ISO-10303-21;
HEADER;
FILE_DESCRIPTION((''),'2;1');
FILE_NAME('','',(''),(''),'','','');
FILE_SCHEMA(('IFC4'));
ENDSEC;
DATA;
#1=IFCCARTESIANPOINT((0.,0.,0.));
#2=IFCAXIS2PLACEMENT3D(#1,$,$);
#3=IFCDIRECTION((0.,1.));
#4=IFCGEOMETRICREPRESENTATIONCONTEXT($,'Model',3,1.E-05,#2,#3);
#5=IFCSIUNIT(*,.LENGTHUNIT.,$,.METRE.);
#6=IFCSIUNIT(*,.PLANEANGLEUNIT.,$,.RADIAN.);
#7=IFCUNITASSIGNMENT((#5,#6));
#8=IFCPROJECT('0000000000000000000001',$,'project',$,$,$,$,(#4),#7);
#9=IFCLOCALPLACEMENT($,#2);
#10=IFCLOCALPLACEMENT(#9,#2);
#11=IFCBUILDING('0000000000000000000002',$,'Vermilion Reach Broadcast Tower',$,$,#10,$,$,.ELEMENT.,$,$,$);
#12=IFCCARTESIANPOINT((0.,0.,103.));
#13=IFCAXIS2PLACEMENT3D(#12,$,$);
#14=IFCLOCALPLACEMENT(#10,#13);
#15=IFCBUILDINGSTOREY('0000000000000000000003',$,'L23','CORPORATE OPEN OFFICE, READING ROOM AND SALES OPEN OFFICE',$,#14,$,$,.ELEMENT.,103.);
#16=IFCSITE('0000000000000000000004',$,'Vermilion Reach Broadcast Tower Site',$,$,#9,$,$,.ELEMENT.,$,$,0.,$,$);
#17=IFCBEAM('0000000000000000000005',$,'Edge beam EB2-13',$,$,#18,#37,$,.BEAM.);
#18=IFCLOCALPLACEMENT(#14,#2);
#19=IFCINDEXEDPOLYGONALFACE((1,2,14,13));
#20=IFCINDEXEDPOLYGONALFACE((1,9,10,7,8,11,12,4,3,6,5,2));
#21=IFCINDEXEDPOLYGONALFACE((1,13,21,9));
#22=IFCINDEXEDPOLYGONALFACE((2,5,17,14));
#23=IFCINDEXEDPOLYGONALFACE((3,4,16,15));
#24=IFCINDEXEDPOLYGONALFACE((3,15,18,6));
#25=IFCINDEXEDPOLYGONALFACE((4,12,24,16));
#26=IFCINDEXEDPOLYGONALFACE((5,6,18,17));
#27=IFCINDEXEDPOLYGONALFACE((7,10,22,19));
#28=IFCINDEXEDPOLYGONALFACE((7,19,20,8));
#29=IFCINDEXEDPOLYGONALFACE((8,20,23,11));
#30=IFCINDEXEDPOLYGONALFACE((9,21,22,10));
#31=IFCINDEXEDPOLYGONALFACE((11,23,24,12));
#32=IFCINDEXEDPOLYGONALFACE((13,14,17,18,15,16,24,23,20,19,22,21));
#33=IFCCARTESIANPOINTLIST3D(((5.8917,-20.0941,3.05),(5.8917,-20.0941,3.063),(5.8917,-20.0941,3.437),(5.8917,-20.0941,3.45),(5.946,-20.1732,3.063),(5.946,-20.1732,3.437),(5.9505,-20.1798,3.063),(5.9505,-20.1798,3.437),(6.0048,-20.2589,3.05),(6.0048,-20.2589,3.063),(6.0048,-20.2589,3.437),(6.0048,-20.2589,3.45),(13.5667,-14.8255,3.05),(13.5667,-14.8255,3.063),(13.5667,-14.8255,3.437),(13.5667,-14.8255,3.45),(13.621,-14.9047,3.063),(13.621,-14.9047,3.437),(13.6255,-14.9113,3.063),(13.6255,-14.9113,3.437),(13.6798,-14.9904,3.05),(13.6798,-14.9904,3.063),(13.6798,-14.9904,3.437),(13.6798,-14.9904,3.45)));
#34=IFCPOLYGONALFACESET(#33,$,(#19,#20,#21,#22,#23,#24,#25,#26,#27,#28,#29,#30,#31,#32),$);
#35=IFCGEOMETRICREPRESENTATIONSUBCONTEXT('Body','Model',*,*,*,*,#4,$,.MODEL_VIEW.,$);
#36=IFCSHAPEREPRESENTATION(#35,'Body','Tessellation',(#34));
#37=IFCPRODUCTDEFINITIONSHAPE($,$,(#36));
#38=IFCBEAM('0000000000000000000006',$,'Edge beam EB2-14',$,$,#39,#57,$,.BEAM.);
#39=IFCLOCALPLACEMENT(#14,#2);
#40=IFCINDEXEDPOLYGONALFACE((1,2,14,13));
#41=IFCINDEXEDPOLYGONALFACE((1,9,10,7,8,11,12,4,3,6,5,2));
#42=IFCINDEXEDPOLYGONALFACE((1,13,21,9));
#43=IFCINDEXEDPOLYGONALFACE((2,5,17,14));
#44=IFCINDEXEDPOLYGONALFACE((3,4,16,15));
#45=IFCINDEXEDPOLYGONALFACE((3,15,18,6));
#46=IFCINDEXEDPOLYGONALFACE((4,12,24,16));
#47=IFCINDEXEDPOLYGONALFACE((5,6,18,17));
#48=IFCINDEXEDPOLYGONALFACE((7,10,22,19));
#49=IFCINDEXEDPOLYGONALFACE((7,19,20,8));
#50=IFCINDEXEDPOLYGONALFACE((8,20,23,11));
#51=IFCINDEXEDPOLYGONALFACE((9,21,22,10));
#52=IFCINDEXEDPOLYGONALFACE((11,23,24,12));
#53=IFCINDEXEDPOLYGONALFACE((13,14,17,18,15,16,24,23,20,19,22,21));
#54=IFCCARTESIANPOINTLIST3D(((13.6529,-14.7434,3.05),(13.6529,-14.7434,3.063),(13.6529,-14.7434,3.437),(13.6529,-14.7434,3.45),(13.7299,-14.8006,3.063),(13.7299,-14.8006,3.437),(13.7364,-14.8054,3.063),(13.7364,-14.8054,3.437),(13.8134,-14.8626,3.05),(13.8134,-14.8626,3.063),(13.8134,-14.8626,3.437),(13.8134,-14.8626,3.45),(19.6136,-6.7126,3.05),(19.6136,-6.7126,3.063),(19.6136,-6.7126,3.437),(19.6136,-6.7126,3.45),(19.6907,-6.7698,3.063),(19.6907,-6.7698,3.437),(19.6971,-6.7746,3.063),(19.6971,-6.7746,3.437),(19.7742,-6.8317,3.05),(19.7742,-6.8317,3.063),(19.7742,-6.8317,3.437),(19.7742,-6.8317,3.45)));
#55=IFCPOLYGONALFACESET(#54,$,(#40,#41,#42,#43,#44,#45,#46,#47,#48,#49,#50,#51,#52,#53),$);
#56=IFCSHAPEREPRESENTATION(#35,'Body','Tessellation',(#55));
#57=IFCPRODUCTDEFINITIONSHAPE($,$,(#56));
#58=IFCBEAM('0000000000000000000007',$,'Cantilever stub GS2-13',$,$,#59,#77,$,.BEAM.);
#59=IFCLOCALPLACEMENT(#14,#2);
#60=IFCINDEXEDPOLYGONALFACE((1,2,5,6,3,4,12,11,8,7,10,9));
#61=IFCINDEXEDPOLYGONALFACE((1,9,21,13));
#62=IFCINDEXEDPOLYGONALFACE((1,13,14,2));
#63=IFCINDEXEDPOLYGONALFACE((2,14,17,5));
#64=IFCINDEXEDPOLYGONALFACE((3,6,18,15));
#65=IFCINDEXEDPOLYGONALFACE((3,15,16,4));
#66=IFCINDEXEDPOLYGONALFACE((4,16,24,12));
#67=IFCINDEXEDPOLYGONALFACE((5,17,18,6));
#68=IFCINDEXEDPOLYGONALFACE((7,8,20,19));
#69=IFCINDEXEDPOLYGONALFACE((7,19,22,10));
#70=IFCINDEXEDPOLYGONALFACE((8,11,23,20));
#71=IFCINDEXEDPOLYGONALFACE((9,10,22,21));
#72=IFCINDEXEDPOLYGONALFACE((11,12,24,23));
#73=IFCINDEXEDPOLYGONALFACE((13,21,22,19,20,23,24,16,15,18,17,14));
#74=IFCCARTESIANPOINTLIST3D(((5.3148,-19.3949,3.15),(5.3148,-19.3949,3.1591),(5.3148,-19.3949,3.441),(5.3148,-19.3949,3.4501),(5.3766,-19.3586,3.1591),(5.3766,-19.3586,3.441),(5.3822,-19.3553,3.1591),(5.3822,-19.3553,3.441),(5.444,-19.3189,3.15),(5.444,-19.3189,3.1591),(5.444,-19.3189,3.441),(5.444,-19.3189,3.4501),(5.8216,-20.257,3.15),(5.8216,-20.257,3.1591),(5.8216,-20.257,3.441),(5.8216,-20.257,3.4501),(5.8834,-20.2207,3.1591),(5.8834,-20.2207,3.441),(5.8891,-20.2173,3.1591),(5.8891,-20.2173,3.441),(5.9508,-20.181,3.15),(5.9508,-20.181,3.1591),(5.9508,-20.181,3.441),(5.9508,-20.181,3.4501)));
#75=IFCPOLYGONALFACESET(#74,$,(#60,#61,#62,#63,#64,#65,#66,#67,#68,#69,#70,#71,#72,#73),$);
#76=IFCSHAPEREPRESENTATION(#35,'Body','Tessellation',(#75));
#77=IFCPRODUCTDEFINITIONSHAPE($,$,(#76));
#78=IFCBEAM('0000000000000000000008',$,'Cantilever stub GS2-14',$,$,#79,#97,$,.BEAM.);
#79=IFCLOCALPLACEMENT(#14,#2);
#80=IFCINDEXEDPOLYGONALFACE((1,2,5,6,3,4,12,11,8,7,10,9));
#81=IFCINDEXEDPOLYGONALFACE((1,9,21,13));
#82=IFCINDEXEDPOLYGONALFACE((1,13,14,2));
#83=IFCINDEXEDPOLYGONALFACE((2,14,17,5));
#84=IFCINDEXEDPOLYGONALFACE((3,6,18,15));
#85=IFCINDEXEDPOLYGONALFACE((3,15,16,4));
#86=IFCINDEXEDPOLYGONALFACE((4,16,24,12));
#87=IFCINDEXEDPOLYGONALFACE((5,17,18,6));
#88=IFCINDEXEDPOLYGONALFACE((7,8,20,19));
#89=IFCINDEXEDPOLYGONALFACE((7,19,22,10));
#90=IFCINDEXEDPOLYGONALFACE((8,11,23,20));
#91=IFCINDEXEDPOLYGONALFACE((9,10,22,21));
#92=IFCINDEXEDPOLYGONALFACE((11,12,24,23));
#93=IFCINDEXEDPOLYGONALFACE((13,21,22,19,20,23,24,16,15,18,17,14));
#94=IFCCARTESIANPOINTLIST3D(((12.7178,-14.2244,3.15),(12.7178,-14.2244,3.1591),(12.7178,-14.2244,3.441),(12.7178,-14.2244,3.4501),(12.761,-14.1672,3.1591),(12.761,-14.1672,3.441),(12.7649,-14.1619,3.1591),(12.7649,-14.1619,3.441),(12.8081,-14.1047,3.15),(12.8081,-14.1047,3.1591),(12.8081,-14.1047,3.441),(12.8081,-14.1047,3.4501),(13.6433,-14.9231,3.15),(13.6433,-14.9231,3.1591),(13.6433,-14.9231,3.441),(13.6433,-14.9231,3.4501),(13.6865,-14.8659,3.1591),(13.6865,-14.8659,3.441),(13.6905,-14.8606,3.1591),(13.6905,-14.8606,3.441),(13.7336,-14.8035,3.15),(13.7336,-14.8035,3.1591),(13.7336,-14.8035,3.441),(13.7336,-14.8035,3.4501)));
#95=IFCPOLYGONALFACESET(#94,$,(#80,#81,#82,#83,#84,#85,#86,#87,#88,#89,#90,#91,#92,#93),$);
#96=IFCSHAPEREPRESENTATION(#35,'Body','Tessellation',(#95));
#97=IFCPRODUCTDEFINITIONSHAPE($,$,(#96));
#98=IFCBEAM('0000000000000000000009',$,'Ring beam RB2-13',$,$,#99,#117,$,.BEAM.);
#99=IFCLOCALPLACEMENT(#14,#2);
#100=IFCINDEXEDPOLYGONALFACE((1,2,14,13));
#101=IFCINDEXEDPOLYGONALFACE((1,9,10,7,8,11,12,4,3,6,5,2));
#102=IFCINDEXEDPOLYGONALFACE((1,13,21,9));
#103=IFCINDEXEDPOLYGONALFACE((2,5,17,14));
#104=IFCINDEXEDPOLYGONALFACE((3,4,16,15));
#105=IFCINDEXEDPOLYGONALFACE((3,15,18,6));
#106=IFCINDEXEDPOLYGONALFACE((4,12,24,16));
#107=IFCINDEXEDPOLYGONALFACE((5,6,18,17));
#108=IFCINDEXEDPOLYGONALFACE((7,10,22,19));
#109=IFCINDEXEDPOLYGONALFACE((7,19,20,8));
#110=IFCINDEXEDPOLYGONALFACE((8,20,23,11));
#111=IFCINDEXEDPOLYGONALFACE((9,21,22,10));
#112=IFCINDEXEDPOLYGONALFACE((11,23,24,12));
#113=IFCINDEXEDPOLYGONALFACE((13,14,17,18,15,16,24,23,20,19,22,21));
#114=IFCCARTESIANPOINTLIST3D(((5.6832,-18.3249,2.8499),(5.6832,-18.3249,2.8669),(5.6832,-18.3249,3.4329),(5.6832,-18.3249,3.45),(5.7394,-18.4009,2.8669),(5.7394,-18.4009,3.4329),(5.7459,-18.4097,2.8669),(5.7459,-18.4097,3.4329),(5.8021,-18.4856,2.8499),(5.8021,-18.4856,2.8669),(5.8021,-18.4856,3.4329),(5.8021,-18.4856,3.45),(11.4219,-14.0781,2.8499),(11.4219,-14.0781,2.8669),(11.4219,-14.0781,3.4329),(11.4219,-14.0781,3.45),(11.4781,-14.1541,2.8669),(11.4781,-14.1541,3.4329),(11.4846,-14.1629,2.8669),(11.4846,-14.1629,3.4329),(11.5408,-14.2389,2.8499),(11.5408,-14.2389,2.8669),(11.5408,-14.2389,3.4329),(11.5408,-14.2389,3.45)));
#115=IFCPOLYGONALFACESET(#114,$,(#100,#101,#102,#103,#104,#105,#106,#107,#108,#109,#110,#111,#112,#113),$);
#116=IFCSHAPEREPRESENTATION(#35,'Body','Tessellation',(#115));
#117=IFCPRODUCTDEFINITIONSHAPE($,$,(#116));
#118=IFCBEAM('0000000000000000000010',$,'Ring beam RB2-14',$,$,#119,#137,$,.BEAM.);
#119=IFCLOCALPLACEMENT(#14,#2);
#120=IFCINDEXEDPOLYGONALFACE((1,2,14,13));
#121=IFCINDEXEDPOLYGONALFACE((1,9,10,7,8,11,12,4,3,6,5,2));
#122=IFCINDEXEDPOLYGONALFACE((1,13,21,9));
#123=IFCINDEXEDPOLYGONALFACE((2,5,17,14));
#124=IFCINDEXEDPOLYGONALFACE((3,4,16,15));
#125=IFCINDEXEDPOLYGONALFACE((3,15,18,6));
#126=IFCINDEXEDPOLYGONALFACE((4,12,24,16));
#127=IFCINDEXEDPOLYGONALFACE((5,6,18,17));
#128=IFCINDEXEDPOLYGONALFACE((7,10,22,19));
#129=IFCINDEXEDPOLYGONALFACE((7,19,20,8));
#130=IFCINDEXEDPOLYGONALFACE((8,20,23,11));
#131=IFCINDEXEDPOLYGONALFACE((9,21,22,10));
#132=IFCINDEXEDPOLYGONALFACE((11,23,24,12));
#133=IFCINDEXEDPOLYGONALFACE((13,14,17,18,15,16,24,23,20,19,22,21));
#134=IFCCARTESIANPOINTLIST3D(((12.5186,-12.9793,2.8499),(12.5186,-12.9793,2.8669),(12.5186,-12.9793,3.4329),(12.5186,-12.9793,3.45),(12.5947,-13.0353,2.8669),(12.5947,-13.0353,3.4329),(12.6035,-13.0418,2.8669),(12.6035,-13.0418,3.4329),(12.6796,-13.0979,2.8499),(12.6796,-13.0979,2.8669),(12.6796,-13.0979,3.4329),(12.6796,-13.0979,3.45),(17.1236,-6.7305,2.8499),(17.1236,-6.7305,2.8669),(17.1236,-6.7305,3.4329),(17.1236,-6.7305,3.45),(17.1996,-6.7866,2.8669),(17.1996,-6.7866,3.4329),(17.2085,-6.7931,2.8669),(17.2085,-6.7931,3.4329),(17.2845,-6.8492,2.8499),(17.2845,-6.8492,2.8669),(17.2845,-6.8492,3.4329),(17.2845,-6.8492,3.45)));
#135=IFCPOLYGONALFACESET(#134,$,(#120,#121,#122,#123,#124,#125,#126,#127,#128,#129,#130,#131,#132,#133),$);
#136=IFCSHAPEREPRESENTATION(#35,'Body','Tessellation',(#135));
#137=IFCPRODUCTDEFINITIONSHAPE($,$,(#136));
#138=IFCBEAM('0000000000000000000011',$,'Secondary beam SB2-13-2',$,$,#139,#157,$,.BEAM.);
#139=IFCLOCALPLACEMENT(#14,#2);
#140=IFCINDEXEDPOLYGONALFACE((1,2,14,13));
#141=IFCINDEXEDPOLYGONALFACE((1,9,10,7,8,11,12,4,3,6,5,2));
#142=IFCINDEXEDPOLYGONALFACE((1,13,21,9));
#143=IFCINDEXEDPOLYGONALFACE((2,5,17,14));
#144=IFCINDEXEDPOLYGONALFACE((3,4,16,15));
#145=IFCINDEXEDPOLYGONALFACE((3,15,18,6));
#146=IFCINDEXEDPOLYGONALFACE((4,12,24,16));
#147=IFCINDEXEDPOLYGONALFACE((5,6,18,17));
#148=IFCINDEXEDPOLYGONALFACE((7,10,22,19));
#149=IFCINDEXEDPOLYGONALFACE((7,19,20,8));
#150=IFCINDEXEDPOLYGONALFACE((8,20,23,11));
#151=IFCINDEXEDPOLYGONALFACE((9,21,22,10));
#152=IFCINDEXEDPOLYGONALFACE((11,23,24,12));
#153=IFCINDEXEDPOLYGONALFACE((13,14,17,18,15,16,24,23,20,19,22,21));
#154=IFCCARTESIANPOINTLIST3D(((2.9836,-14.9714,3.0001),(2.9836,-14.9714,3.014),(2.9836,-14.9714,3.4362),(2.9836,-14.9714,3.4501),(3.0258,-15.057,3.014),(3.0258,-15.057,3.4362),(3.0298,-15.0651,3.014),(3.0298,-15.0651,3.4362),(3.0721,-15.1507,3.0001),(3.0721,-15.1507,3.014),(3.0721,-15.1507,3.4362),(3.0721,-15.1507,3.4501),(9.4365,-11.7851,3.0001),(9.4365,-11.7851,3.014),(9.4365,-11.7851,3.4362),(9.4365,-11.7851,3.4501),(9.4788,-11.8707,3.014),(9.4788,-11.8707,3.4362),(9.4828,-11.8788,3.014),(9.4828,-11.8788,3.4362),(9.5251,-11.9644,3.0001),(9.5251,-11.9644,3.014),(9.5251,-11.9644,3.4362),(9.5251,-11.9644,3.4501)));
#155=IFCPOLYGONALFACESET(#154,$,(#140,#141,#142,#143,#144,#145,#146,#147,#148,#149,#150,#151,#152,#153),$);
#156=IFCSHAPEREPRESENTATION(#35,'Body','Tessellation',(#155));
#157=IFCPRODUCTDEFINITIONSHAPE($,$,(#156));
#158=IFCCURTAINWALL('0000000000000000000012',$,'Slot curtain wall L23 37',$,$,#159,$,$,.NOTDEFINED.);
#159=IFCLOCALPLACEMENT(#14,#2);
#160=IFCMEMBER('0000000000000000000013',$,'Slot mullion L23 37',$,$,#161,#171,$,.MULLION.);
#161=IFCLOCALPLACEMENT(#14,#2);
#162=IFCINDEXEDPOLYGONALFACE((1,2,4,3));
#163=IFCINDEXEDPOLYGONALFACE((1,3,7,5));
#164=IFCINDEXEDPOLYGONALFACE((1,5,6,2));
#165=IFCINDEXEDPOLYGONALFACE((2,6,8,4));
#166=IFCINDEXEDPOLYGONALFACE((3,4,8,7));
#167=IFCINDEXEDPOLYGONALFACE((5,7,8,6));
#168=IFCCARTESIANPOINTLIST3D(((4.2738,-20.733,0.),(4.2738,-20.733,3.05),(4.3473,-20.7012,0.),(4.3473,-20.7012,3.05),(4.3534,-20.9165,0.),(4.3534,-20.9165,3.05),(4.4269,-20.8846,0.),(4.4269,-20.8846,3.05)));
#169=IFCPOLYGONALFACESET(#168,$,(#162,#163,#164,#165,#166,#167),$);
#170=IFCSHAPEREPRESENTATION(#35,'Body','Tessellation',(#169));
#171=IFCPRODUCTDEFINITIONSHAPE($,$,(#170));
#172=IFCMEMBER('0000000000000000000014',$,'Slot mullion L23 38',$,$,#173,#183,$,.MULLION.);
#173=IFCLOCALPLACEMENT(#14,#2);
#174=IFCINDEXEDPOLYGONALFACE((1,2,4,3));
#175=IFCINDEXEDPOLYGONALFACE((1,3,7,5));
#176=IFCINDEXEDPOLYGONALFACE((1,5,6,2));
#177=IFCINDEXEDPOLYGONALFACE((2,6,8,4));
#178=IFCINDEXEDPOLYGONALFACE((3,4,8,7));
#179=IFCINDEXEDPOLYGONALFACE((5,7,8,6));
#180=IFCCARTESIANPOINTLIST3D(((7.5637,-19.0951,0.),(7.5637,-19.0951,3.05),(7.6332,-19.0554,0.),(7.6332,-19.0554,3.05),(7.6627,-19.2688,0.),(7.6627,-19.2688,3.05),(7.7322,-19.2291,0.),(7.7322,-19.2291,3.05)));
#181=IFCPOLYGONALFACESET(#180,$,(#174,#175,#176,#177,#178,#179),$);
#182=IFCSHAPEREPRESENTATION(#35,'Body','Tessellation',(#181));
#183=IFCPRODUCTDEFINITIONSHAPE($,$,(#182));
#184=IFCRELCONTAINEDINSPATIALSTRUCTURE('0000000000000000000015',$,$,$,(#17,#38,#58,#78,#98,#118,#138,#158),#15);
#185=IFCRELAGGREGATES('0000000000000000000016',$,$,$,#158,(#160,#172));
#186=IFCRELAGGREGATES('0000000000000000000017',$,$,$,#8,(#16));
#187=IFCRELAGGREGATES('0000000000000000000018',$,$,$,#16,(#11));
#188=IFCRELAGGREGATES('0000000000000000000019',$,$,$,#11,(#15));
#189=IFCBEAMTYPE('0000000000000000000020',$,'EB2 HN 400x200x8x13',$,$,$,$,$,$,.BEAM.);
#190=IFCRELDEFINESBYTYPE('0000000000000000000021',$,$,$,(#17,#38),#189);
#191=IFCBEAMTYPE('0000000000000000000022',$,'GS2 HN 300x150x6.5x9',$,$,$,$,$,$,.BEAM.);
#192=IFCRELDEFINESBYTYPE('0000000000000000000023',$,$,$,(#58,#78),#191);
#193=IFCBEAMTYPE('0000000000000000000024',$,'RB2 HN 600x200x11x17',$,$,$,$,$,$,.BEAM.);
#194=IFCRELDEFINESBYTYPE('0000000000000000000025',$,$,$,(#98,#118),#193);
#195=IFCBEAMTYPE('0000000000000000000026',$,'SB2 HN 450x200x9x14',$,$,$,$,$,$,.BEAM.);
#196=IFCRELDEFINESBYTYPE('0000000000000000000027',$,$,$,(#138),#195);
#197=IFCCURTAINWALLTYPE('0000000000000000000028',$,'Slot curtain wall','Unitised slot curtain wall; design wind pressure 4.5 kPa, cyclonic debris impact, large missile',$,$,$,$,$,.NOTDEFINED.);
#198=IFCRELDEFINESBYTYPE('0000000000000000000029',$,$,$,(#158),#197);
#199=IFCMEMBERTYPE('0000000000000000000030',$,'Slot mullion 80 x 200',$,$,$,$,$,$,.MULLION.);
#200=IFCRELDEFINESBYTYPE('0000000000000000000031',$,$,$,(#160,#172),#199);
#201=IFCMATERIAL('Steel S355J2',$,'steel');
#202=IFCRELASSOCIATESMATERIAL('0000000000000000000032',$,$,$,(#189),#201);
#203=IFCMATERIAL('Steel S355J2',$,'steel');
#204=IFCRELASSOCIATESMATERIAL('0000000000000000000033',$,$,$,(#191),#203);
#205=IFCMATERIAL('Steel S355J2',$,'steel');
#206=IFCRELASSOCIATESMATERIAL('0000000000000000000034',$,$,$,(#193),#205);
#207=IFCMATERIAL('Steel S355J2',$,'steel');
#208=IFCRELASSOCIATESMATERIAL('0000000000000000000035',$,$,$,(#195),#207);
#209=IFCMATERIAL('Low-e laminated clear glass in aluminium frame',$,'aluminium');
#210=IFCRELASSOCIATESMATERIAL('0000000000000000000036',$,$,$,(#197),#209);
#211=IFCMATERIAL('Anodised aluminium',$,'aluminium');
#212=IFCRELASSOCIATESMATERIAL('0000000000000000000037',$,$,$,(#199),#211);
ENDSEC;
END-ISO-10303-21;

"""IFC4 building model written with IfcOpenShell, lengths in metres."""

from ifc_helpers import new_model, si_unit, direction, frame, origin, origin_2d, place, context, subcontext, project, spatial, rectangle, i_section, extrude, material, material_profile, profile_set, type_object, element, aggregate, save


model = new_model("IFC4")

# Units and contexts
model_context = context("Model", 3, precision=1e-05, world=origin(), true_north=direction((0.0, 1.0)))
body_context = subcontext(model_context, "Body", "Model", "MODEL_VIEW")
ifc_project = project(units=[si_unit("LENGTHUNIT", "METRE"), si_unit("PLANEANGLEUNIT", "RADIAN")], contexts=[model_context])

# Site, building, storey
site_placement = place(None, origin())
site = spatial("IfcSite", under=ifc_project, at=site_placement, Name="Vermilion Reach Broadcast Tower Site", CompositionType="ELEMENT", RefElevation=0.0)
building_placement = place(site_placement, origin())
building = spatial("IfcBuilding", under=site, at=building_placement, Name="Vermilion Reach Broadcast Tower", CompositionType="ELEMENT")
storey_placement = place(building_placement, frame((0.0, 0.0, 103.0)))
storey = spatial("IfcBuildingStorey", under=building, at=storey_placement, Name="L23", Description="CORPORATE OPEN OFFICE, READING ROOM AND SALES OPEN OFFICE", CompositionType="ELEMENT", Elevation=103.0)

# Beams
ifc_material_1 = material(Name="Steel S355J2", Category="steel")
ifc_material_profile_1 = material_profile(ifc_material_1, i_section(OverallWidth=0.2, OverallDepth=0.3999, WebThickness=0.0081, FlangeThickness=0.0129, at=origin_2d()), Name="S355J2 HN 400x200x8x13")
ifc_profile_set_1 = profile_set([ifc_material_profile_1], Name="Steel S355J2")
beam_type_1 = type_object("IfcBeamType", Name="EB2 HN 400x200x8x13", PredefinedType="BEAM", material=ifc_profile_set_1)
beam_1_placement = place(storey_placement, frame((5.9482, -20.1765, 3.25), z_axis=(0.824445, 0.565942, 0.0), x_axis=(-0.565942, 0.824445, 0.0)))
element("IfcBeam", 1, at=beam_1_placement, inside=storey, type_object=beam_type_1, Name="Edge beam EB2-13", PredefinedType="BEAM", context=body_context, shape_type="SweptSolid", body=[
    extrude(i_section(OverallWidth=0.2, OverallDepth=0.3999, WebThickness=0.0081, FlangeThickness=0.0129, at=origin_2d()), origin(), (0.0, 0.0, 1.0), 9.3093),
])
beam_2_placement = place(storey_placement, frame((13.7332, -14.803, 3.25), z_axis=(0.596001, 0.802984, 0.0), x_axis=(-0.802984, 0.596001, 0.0)))
element("IfcBeam", 2, at=beam_2_placement, inside=storey, type_object=beam_type_1, Name="Edge beam EB2-14", PredefinedType="BEAM", context=body_context, shape_type="SweptSolid", body=[
    extrude(i_section(OverallWidth=0.2, OverallDepth=0.3999, WebThickness=0.0081, FlangeThickness=0.0129, at=origin_2d()), origin(), (0.0, 0.0, 1.0), 10.0012),
])
ifc_material_2 = material(Name="Steel S355J2", Category="steel")
ifc_material_profile_2 = material_profile(ifc_material_2, i_section(OverallWidth=0.1499, OverallDepth=0.3, WebThickness=0.0066, FlangeThickness=0.009, at=origin_2d()), Name="S355J2 HN 300x150x6.5x9")
ifc_profile_set_2 = profile_set([ifc_material_profile_2], Name="Steel S355J2")
beam_type_2 = type_object("IfcBeamType", Name="GS2 HN 300x150x6.5x9", PredefinedType="BEAM", material=ifc_profile_set_2)
beam_3_placement = place(storey_placement, frame((5.3794, -19.3569, 3.3), z_axis=(0.506828, -0.862047, 0.0), x_axis=(0.862047, 0.506828, 0.0)))
element("IfcBeam", 3, at=beam_3_placement, inside=storey, type_object=beam_type_2, Name="Cantilever stub GS2-13", PredefinedType="BEAM", context=body_context, shape_type="SweptSolid", body=[
    extrude(i_section(OverallWidth=0.1499, OverallDepth=0.3, WebThickness=0.0066, FlangeThickness=0.009, at=origin_2d()), origin(), (0.0, 0.0, 1.0), 1.0),
])
beam_4_placement = place(storey_placement, frame((12.7629, -14.1646, 3.3), z_axis=(0.798101, -0.602523, 0.0), x_axis=(0.602523, 0.798101, 0.0)))
element("IfcBeam", 4, at=beam_4_placement, inside=storey, type_object=beam_type_2, Name="Cantilever stub GS2-14", PredefinedType="BEAM", context=body_context, shape_type="SweptSolid", body=[
    extrude(i_section(OverallWidth=0.1499, OverallDepth=0.3, WebThickness=0.0066, FlangeThickness=0.009, at=origin_2d()), origin(), (0.0, 0.0, 1.0), 1.1597),
])
ifc_material_3 = material(Name="Steel S355J2", Category="steel")
ifc_material_profile_3 = material_profile(ifc_material_3, i_section(OverallWidth=0.2, OverallDepth=0.6001, WebThickness=0.011, FlangeThickness=0.0171, at=origin_2d()), Name="S355J2 HN 600x200x11x17")
ifc_profile_set_3 = profile_set([ifc_material_profile_3], Name="Steel S355J2")
beam_type_3 = type_object("IfcBeamType", Name="RB2 HN 600x200x11x17", PredefinedType="BEAM", material=ifc_profile_set_3)
beam_5_placement = place(storey_placement, frame((5.7427, -18.4053, 3.1499), z_axis=(0.803833, 0.594855, 0.0), x_axis=(-0.594855, 0.803833, 0.0)))
element("IfcBeam", 5, at=beam_5_placement, inside=storey, type_object=beam_type_3, Name="Ring beam RB2-13", PredefinedType="BEAM", context=body_context, shape_type="SweptSolid", body=[
    extrude(i_section(OverallWidth=0.2, OverallDepth=0.6001, WebThickness=0.011, FlangeThickness=0.0171, at=origin_2d()), origin(), (0.0, 0.0, 1.0), 7.1392),
])
beam_6_placement = place(storey_placement, frame((12.5991, -13.0386, 3.1499), z_axis=(0.593251, 0.805018, 0.0), x_axis=(-0.805018, 0.593251, 0.0)))
element("IfcBeam", 6, at=beam_6_placement, inside=storey, type_object=beam_type_3, Name="Ring beam RB2-14", PredefinedType="BEAM", context=body_context, shape_type="SweptSolid", body=[
    extrude(i_section(OverallWidth=0.2, OverallDepth=0.6001, WebThickness=0.011, FlangeThickness=0.0171, at=origin_2d()), origin(), (0.0, 0.0, 1.0), 7.7622),
])
ifc_material_4 = material(Name="Steel S355J2", Category="steel")
ifc_material_profile_4 = material_profile(ifc_material_4, i_section(OverallWidth=0.2, OverallDepth=0.45, WebThickness=0.009, FlangeThickness=0.0139, at=origin_2d()), Name="S355J2 HN 450x200x9x14")
ifc_profile_set_4 = profile_set([ifc_material_profile_4], Name="Steel S355J2")
beam_type_4 = type_object("IfcBeamType", Name="SB2 HN 450x200x9x14", PredefinedType="BEAM", material=ifc_profile_set_4)
beam_7_placement = place(storey_placement, frame((3.0278, -15.061, 3.2251), z_axis=(0.896648, 0.442744, 0.0), x_axis=(-0.442744, 0.896648, 0.0)))
element("IfcBeam", 7, at=beam_7_placement, inside=storey, type_object=beam_type_4, Name="Secondary beam SB2-13-2", PredefinedType="BEAM", context=body_context, shape_type="SweptSolid", body=[
    extrude(i_section(OverallWidth=0.2, OverallDepth=0.45, WebThickness=0.009, FlangeThickness=0.0139, at=origin_2d()), origin(), (0.0, 0.0, 1.0), 7.1968),
])

# Curtain wall, members
ifc_material_5 = material(Name="Low-e laminated clear glass in aluminium frame", Category="aluminium")
curtain_wall_type = type_object("IfcCurtainWallType", Name="Slot curtain wall", Description="Unitised slot curtain wall; design wind pressure 4.5 kPa, cyclonic debris impact, large missile", PredefinedType="NOTDEFINED", material=ifc_material_5)
curtain_wall_placement = place(storey_placement, origin())
curtain_wall = element("IfcCurtainWall", 8, at=curtain_wall_placement, inside=storey, type_object=curtain_wall_type, Name="Slot curtain wall L23 37", PredefinedType="NOTDEFINED")
ifc_material_6 = material(Name="Anodised aluminium", Category="aluminium")
ifc_material_profile_5 = material_profile(ifc_material_6, rectangle(XDim=0.2, YDim=0.0801, at=origin_2d()), Name="Slot mullion 80 x 200")
ifc_profile_set_5 = profile_set([ifc_material_profile_5], Name="Anodised aluminium")
member_type_1 = type_object("IfcMemberType", Name="Slot mullion 80 x 200", PredefinedType="MULLION", material=ifc_profile_set_5)
member_1_placement = place(storey_placement, frame((4.3503, -20.8088, 0.0), z_axis=(0.0, 0.0, 1.0), x_axis=(-0.397883, 0.917436, 0.0)))
member_1 = element("IfcMember", 9, at=member_1_placement, type_object=member_type_1, Name="Slot mullion L23 37", PredefinedType="MULLION", context=body_context, shape_type="SweptSolid", body=[
    extrude(rectangle(XDim=0.2, YDim=0.0801, at=origin_2d()), origin(), (0.0, 0.0, 1.0), 3.05),
])
member_2_placement = place(storey_placement, frame((7.6479, -19.1621, 0.0), z_axis=(0.0, 0.0, 1.0), x_axis=(-0.495171, 0.868796, 0.0)))
member_2 = element("IfcMember", 10, at=member_2_placement, type_object=member_type_1, Name="Slot mullion L23 38", PredefinedType="MULLION", context=body_context, shape_type="SweptSolid", body=[
    extrude(rectangle(XDim=0.2, YDim=0.0801, at=origin_2d()), origin(), (0.0, 0.0, 1.0), 3.05),
])
aggregate(curtain_wall, [member_1, member_2])

save(model, "model.ifc")
